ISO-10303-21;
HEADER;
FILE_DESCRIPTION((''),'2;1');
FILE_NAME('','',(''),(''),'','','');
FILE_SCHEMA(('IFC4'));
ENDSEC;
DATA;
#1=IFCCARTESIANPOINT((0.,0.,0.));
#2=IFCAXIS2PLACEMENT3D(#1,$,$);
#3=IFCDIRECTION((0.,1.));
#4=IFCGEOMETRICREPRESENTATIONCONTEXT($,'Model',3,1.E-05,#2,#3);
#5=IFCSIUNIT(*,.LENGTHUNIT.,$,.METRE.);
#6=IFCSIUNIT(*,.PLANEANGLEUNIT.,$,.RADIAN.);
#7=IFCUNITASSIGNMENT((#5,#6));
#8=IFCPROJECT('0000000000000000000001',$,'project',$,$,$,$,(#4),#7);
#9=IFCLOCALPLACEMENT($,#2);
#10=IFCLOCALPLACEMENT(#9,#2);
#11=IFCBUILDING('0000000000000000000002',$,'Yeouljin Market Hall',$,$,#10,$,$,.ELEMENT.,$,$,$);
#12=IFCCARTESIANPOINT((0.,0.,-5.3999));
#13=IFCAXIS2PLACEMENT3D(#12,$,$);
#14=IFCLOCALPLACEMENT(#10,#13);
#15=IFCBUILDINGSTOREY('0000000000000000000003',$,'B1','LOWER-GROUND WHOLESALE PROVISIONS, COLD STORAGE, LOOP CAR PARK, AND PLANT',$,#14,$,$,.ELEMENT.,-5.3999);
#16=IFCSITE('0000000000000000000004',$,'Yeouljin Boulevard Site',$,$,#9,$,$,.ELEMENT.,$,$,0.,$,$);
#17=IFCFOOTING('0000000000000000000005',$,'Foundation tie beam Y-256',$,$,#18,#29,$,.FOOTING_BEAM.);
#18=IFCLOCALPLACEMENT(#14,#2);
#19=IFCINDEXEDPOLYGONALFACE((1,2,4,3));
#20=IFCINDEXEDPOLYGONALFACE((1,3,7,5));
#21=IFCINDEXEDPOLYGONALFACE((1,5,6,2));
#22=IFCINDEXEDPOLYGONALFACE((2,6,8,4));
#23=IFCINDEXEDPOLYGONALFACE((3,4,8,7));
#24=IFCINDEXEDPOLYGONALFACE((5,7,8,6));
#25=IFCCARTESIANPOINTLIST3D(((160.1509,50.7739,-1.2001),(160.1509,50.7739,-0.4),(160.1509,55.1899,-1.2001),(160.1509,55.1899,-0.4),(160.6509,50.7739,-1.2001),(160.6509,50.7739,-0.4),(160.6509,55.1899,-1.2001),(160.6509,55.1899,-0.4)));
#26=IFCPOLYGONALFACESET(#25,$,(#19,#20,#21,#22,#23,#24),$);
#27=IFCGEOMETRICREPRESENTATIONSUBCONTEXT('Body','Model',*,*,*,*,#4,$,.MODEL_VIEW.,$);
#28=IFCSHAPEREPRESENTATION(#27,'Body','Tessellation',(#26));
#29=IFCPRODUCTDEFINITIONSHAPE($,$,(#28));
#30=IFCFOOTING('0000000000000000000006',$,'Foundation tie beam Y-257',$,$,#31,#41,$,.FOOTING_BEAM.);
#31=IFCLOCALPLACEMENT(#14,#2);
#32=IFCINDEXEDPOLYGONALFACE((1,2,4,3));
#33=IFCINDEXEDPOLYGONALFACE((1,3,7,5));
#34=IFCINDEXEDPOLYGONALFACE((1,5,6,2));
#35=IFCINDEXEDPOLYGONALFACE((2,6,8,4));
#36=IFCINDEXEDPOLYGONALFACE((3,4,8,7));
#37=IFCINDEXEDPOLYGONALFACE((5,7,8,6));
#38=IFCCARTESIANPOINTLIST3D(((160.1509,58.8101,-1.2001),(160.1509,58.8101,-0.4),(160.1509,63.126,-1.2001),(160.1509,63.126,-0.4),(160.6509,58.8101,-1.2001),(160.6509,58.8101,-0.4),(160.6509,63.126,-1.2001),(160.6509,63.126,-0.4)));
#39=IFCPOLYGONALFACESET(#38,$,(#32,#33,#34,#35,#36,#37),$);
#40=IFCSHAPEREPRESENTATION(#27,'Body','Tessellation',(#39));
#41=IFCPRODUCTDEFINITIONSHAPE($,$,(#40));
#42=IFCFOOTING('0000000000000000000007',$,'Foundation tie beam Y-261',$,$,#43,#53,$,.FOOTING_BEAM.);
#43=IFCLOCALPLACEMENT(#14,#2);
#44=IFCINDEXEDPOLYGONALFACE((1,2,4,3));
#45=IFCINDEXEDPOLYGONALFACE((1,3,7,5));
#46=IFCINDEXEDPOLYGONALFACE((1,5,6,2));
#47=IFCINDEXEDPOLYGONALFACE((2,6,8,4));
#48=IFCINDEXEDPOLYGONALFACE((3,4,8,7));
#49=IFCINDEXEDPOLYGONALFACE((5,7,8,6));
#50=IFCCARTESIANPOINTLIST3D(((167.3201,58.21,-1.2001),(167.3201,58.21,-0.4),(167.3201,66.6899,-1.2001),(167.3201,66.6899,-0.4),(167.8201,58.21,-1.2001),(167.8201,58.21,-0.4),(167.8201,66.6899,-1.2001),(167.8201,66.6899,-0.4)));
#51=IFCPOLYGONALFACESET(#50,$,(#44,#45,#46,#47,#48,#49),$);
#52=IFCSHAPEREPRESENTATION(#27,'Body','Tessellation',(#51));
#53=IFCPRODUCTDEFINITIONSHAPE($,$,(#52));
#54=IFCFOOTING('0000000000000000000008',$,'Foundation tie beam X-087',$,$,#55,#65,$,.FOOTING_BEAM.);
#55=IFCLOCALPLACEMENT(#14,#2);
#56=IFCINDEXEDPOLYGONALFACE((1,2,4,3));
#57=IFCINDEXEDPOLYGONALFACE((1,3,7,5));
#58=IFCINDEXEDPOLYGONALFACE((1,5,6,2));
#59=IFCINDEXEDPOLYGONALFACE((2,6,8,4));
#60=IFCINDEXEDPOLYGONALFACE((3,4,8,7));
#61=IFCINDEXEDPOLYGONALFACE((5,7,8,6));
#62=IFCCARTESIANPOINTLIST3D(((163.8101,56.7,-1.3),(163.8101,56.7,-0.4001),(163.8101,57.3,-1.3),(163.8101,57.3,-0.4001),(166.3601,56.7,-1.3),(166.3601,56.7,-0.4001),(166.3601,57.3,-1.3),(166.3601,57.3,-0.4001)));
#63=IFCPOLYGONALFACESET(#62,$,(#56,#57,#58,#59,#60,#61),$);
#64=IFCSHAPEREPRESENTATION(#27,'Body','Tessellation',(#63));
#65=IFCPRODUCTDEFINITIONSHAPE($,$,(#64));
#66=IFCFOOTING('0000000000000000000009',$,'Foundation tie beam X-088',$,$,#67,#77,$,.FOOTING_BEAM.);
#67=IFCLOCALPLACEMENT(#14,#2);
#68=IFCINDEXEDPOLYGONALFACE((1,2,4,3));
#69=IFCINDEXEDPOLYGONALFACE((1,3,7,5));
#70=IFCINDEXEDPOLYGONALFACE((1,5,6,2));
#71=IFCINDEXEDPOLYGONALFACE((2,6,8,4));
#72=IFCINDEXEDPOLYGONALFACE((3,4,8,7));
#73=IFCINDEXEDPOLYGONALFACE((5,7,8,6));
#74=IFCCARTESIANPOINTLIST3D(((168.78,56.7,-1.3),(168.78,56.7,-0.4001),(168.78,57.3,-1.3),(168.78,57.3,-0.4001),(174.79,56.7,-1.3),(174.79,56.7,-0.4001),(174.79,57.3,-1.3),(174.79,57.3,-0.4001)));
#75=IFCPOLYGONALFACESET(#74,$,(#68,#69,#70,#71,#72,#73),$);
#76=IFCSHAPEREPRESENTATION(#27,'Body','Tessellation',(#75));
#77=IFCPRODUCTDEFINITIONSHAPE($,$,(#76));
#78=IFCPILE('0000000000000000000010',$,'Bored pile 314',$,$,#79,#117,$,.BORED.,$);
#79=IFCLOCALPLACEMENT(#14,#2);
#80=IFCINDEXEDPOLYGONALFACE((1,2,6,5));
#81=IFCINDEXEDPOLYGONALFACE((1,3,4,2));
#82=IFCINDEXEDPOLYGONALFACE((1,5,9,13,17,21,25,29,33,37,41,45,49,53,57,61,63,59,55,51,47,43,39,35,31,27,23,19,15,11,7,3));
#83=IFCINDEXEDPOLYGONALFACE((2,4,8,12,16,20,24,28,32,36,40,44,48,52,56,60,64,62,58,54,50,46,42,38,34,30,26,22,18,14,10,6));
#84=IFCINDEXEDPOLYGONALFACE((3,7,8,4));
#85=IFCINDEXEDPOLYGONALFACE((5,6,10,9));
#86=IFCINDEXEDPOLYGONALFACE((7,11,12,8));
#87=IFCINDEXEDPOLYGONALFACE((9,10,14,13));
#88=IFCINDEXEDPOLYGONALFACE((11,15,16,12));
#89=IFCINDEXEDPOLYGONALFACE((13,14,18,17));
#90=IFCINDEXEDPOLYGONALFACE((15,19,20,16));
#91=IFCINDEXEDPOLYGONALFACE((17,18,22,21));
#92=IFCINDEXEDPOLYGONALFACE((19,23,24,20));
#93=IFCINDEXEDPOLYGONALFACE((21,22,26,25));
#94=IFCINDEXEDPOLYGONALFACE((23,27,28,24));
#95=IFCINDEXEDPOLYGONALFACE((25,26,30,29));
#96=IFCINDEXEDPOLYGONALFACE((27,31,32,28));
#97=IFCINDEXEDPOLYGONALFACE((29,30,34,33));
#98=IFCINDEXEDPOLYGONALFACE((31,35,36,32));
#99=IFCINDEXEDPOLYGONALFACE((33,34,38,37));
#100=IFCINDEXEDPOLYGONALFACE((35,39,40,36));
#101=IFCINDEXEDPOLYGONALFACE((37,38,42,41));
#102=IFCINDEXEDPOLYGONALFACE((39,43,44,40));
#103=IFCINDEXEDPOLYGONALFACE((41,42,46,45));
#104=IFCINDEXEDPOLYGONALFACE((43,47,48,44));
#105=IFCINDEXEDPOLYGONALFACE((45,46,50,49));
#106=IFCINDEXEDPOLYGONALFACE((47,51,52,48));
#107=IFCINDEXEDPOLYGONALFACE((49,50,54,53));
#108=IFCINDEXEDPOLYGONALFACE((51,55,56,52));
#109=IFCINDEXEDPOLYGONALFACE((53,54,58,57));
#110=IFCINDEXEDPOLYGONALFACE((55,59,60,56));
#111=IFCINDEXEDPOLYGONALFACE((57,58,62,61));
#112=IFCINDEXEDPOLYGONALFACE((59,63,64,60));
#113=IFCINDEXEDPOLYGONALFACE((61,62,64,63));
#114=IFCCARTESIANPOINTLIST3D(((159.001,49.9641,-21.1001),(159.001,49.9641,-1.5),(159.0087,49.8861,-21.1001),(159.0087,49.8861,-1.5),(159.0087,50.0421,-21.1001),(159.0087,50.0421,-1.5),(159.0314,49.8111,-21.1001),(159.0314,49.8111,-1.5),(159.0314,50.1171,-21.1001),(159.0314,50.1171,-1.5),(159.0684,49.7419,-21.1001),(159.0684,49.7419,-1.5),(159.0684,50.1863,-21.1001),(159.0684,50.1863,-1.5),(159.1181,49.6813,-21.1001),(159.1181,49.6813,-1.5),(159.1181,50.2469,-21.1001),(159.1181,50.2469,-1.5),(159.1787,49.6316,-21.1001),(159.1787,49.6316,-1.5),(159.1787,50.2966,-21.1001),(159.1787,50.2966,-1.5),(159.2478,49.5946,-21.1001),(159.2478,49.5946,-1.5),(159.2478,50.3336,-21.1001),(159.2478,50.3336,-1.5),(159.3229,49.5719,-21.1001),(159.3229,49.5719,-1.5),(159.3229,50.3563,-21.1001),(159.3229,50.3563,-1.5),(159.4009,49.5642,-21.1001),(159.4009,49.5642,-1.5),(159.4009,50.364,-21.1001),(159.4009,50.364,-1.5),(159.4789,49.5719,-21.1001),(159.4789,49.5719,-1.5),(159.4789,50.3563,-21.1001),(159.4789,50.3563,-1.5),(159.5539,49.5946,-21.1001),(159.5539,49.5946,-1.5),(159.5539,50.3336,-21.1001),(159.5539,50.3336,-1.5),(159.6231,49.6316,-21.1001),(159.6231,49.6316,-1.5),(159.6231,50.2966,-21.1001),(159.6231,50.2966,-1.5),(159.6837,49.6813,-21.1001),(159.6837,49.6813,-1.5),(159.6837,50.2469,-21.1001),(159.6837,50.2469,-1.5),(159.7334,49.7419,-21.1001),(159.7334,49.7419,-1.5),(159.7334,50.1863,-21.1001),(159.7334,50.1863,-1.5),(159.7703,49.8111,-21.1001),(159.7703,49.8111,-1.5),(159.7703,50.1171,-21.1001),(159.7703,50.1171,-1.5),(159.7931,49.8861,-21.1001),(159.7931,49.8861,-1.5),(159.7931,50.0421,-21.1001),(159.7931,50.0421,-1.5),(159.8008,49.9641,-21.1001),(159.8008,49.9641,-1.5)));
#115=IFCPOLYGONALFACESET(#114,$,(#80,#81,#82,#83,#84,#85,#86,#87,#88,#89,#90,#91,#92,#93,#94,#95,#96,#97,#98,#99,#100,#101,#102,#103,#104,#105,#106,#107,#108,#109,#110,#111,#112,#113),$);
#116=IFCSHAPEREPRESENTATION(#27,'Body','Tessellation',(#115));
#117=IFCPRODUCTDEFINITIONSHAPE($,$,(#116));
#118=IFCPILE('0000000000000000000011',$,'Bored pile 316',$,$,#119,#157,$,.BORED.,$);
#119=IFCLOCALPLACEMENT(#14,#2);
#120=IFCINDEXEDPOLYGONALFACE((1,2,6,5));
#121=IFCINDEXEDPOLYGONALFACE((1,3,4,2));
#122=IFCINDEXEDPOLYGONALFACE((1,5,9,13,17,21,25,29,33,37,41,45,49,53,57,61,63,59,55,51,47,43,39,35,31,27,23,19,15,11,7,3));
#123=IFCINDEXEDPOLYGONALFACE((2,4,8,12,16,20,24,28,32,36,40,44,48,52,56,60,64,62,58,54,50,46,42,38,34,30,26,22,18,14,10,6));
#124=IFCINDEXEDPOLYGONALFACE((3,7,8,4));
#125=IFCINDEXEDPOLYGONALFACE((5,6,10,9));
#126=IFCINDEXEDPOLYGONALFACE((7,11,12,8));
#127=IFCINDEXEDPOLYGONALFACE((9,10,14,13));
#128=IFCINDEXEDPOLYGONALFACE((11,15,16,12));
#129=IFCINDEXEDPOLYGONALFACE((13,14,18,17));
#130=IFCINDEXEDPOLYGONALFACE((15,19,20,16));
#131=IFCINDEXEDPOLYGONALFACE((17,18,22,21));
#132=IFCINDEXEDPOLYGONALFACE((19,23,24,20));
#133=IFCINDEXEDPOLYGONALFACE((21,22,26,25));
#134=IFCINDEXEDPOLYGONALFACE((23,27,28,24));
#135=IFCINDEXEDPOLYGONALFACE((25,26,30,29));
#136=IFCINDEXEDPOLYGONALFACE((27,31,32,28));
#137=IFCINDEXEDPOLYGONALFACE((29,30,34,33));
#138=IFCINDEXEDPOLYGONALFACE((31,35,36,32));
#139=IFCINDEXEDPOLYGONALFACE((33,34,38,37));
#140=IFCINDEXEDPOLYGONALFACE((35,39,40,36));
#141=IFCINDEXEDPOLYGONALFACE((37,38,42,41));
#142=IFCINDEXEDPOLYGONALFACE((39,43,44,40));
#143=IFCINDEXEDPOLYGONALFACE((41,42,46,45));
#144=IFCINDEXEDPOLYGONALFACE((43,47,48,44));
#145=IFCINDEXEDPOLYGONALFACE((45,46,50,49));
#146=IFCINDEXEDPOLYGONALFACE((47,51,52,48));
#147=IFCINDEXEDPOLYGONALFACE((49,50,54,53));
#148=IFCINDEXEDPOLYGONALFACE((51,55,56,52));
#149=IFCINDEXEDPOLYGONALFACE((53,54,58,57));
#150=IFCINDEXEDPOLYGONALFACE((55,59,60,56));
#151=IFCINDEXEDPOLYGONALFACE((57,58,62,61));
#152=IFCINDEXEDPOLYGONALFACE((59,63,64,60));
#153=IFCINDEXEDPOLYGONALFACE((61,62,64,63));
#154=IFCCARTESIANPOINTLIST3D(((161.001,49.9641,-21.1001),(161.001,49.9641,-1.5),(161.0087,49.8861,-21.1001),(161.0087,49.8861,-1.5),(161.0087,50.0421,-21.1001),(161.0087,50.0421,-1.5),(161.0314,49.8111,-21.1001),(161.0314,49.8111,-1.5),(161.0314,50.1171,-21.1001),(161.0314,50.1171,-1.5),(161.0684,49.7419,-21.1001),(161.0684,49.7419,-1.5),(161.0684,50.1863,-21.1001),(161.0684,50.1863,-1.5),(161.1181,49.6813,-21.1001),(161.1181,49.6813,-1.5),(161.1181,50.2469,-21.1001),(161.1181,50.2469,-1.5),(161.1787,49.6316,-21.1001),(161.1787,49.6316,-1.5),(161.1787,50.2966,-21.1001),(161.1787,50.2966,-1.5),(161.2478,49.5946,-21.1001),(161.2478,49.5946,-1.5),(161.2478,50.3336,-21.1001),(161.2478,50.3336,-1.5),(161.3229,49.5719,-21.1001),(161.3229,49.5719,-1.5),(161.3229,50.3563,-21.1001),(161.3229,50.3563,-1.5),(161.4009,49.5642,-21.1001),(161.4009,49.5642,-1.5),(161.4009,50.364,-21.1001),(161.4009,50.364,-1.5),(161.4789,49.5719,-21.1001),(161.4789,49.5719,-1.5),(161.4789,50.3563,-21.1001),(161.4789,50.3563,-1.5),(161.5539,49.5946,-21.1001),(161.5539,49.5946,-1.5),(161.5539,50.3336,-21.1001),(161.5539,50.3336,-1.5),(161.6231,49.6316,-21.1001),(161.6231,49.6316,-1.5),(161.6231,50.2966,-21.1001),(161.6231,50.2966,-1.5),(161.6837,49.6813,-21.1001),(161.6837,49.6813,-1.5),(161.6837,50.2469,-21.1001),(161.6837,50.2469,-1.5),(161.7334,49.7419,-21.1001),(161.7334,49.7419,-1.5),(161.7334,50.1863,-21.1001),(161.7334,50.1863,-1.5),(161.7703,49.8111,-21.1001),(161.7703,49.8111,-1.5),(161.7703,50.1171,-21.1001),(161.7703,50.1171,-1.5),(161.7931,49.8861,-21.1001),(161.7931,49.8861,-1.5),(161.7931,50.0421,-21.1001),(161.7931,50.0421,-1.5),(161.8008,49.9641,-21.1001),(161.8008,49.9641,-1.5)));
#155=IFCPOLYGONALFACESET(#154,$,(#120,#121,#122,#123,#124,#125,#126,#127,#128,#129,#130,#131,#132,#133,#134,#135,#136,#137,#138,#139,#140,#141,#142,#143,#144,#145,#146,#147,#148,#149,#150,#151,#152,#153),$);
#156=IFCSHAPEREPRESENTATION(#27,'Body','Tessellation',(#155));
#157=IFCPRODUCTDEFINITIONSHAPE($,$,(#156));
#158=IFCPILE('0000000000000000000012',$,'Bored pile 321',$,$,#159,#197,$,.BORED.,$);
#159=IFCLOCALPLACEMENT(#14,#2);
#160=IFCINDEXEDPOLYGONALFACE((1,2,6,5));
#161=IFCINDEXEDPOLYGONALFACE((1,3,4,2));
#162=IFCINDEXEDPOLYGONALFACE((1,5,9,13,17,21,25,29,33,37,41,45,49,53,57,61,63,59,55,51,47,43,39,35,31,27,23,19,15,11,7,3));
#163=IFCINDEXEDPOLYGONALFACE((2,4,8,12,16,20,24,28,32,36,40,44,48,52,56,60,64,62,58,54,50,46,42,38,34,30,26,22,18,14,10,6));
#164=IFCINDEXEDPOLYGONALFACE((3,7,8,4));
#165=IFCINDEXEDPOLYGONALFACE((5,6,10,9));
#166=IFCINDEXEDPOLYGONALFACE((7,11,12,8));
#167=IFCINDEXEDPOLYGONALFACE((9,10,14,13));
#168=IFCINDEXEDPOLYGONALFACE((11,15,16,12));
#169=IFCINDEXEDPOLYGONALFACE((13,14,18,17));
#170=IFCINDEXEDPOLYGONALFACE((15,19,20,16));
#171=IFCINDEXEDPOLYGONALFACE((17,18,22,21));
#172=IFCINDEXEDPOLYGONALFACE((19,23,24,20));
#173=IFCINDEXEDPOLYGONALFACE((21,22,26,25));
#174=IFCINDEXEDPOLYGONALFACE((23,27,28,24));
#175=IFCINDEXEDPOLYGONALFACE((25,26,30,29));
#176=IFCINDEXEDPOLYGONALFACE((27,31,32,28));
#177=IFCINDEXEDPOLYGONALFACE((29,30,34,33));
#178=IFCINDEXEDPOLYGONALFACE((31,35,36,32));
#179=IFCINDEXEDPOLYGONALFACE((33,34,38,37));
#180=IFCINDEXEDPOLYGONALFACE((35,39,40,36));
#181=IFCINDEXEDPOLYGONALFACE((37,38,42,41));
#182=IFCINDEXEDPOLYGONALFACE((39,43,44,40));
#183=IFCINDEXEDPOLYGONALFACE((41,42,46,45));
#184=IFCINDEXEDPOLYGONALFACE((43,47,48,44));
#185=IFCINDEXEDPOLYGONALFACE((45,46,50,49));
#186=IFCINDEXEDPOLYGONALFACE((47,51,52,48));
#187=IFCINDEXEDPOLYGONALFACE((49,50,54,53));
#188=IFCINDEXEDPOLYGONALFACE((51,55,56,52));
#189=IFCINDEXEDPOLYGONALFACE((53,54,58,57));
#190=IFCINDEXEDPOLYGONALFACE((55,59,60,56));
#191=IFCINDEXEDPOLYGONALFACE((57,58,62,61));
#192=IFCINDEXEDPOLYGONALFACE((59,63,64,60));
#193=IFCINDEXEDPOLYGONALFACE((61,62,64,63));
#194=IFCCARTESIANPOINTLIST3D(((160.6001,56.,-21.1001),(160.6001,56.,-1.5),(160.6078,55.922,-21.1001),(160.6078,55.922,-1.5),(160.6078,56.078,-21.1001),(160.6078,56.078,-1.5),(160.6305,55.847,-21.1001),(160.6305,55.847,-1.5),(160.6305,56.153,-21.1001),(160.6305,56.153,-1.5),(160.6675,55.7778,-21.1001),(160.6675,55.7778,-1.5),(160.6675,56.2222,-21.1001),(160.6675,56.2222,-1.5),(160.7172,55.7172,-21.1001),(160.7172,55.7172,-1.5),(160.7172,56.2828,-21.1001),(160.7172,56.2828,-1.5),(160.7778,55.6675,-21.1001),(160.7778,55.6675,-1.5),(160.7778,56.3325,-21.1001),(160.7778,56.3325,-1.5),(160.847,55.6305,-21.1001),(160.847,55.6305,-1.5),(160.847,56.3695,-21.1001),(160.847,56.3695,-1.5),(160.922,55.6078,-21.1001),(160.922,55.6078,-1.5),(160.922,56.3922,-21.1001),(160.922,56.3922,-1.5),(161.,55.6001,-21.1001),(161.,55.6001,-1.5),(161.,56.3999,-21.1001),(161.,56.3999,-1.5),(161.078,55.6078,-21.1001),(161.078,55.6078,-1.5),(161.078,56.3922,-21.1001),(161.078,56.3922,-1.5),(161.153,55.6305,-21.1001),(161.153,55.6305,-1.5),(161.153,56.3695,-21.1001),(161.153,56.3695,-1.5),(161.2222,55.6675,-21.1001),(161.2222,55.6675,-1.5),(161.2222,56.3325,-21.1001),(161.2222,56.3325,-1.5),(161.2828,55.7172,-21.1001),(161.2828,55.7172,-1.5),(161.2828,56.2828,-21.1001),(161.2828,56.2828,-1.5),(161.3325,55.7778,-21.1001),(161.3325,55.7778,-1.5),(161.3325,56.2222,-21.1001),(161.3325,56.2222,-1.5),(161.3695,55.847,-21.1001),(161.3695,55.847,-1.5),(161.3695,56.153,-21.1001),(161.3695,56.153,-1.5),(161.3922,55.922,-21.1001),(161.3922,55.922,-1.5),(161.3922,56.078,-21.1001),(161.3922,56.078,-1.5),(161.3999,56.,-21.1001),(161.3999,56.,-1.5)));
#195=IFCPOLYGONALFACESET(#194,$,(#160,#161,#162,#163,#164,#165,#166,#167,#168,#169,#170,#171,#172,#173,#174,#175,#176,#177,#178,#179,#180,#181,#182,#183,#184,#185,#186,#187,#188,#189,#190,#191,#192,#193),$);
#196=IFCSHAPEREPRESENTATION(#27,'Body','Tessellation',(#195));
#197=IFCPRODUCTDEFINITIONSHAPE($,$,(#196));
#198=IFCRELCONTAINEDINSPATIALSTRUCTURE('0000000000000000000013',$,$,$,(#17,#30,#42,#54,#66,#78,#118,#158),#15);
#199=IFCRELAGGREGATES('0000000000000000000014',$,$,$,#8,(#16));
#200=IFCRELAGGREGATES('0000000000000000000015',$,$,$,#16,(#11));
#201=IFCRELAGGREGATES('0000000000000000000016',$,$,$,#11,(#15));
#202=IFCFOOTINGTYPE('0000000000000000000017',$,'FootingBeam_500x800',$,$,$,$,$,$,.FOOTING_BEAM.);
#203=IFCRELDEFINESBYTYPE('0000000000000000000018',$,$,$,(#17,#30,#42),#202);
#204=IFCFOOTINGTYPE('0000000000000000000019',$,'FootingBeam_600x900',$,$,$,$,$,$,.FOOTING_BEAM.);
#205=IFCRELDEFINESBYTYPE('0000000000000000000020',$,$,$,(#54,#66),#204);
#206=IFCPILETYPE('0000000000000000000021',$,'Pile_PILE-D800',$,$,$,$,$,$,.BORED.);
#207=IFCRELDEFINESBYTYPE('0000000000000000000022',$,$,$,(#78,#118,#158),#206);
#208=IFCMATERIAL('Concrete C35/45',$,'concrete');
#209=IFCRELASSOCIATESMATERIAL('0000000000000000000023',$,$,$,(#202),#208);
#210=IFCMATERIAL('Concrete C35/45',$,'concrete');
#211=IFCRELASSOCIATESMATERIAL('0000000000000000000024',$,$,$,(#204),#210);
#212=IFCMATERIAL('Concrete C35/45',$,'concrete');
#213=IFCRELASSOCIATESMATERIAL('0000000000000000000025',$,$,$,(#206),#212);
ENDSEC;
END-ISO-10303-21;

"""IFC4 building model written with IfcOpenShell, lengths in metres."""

from ifc_helpers import new_model, si_unit, direction, frame, origin, origin_2d, place, context, subcontext, project, spatial, rectangle, circle, extrude, material, material_profile, profile_set, type_object, element, save


model = new_model("IFC4")

# Units and contexts
model_context = context("Model", 3, precision=1e-05, world=origin(), true_north=direction((0.0, 1.0)))
body_context = subcontext(model_context, "Body", "Model", "MODEL_VIEW")
ifc_project = project(units=[si_unit("LENGTHUNIT", "METRE"), si_unit("PLANEANGLEUNIT", "RADIAN")], contexts=[model_context])

# Site, building, storey
site_placement = place(None, origin())
site = spatial("IfcSite", under=ifc_project, at=site_placement, Name="Yeouljin Boulevard Site", CompositionType="ELEMENT", RefElevation=0.0)
building_placement = place(site_placement, origin())
building = spatial("IfcBuilding", under=site, at=building_placement, Name="Yeouljin Market Hall", CompositionType="ELEMENT")
storey_placement = place(building_placement, frame((0.0, 0.0, -5.3999)))
storey = spatial("IfcBuildingStorey", under=building, at=storey_placement, Name="B1", Description="LOWER-GROUND WHOLESALE PROVISIONS, COLD STORAGE, LOOP CAR PARK, AND PLANT", CompositionType="ELEMENT", Elevation=-5.3999)

# Footings
ifc_material_1 = material(Name="Concrete C35/45", Category="concrete")
ifc_material_profile_1 = material_profile(ifc_material_1, rectangle(XDim=0.5, YDim=0.8, at=origin_2d()), Name="RC-500x800")
ifc_profile_set_1 = profile_set([ifc_material_profile_1], Name="Concrete C35/45")
footing_type_1 = type_object("IfcFootingType", Name="FootingBeam_500x800", PredefinedType="FOOTING_BEAM", material=ifc_profile_set_1)
footing_1_placement = place(storey_placement, frame((160.4009, 50.7739, -0.8), z_axis=(0.0, 1.0, 0.0), x_axis=(-1.0, 0.0, 0.0)))
element("IfcFooting", 1, at=footing_1_placement, inside=storey, type_object=footing_type_1, Name="Foundation tie beam Y-256", PredefinedType="FOOTING_BEAM", context=body_context, shape_type="SweptSolid", body=[
    extrude(rectangle(XDim=0.5, YDim=0.8, at=origin_2d()), origin(), (0.0, 0.0, 1.0), 4.416),
])
footing_2_placement = place(storey_placement, frame((160.4009, 58.8101, -0.8), z_axis=(0.0, 1.0, 0.0), x_axis=(-1.0, 0.0, 0.0)))
element("IfcFooting", 2, at=footing_2_placement, inside=storey, type_object=footing_type_1, Name="Foundation tie beam Y-257", PredefinedType="FOOTING_BEAM", context=body_context, shape_type="SweptSolid", body=[
    extrude(rectangle(XDim=0.5, YDim=0.8, at=origin_2d()), origin(), (0.0, 0.0, 1.0), 4.3159),
])
footing_3_placement = place(storey_placement, frame((167.5701, 58.21, -0.8), z_axis=(0.0, 1.0, 0.0), x_axis=(-1.0, 0.0, 0.0)))
element("IfcFooting", 3, at=footing_3_placement, inside=storey, type_object=footing_type_1, Name="Foundation tie beam Y-261", PredefinedType="FOOTING_BEAM", context=body_context, shape_type="SweptSolid", body=[
    extrude(rectangle(XDim=0.5, YDim=0.8, at=origin_2d()), origin(), (0.0, 0.0, 1.0), 8.48),
])
ifc_material_2 = material(Name="Concrete C35/45", Category="concrete")
ifc_material_profile_2 = material_profile(ifc_material_2, rectangle(XDim=0.6001, YDim=0.8999, at=origin_2d()), Name="RC-600x900")
ifc_profile_set_2 = profile_set([ifc_material_profile_2], Name="Concrete C35/45")
footing_type_2 = type_object("IfcFootingType", Name="FootingBeam_600x900", PredefinedType="FOOTING_BEAM", material=ifc_profile_set_2)
footing_4_placement = place(storey_placement, frame((163.8101, 57.0, -0.8501), z_axis=(1.0, 0.0, 0.0), x_axis=(0.0, 1.0, 0.0)))
element("IfcFooting", 4, at=footing_4_placement, inside=storey, type_object=footing_type_2, Name="Foundation tie beam X-087", PredefinedType="FOOTING_BEAM", context=body_context, shape_type="SweptSolid", body=[
    extrude(rectangle(XDim=0.6001, YDim=0.8999, at=origin_2d()), origin(), (0.0, 0.0, 1.0), 2.55),
])
footing_5_placement = place(storey_placement, frame((168.78, 57.0, -0.8501), z_axis=(1.0, 0.0, 0.0), x_axis=(0.0, 1.0, 0.0)))
element("IfcFooting", 5, at=footing_5_placement, inside=storey, type_object=footing_type_2, Name="Foundation tie beam X-088", PredefinedType="FOOTING_BEAM", context=body_context, shape_type="SweptSolid", body=[
    extrude(rectangle(XDim=0.6001, YDim=0.8999, at=origin_2d()), origin(), (0.0, 0.0, 1.0), 6.01),
])

# Piles
ifc_material_3 = material(Name="Concrete C35/45", Category="concrete")
ifc_material_profile_3 = material_profile(ifc_material_3, circle(Radius=0.3999, at=origin_2d()), Name="PILE-D800")
ifc_profile_set_3 = profile_set([ifc_material_profile_3], Name="Concrete C35/45")
pile_type = type_object("IfcPileType", Name="Pile_PILE-D800", PredefinedType="BORED", material=ifc_profile_set_3)
for number, where, z_axis, x_axis, name in (
    (6, (159.4009, 49.9641, -1.5), (0.0, 0.0, -1.0), (1.0, 0.0, 0.0), "Bored pile 314"),
    (7, (161.4009, 49.9641, -1.5), (0.0, 0.0, -1.0), (1.0, 0.0, 0.0), "Bored pile 316"),
    (8, (161.0, 56.0, -1.5), (0.0, 0.0, -1.0), (1.0, 0.0, 0.0), "Bored pile 321"),
):
    element("IfcPile", number, at=place(storey_placement, frame(where, z_axis=z_axis, x_axis=x_axis)), inside=storey, type_object=pile_type, Name=name, PredefinedType="BORED", context=body_context, shape_type="SweptSolid", body=[
        extrude(circle(Radius=0.3999, at=origin_2d()), origin(), (0.0, 0.0, 1.0), 19.6001),
    ])

save(model, "model.ifc")
